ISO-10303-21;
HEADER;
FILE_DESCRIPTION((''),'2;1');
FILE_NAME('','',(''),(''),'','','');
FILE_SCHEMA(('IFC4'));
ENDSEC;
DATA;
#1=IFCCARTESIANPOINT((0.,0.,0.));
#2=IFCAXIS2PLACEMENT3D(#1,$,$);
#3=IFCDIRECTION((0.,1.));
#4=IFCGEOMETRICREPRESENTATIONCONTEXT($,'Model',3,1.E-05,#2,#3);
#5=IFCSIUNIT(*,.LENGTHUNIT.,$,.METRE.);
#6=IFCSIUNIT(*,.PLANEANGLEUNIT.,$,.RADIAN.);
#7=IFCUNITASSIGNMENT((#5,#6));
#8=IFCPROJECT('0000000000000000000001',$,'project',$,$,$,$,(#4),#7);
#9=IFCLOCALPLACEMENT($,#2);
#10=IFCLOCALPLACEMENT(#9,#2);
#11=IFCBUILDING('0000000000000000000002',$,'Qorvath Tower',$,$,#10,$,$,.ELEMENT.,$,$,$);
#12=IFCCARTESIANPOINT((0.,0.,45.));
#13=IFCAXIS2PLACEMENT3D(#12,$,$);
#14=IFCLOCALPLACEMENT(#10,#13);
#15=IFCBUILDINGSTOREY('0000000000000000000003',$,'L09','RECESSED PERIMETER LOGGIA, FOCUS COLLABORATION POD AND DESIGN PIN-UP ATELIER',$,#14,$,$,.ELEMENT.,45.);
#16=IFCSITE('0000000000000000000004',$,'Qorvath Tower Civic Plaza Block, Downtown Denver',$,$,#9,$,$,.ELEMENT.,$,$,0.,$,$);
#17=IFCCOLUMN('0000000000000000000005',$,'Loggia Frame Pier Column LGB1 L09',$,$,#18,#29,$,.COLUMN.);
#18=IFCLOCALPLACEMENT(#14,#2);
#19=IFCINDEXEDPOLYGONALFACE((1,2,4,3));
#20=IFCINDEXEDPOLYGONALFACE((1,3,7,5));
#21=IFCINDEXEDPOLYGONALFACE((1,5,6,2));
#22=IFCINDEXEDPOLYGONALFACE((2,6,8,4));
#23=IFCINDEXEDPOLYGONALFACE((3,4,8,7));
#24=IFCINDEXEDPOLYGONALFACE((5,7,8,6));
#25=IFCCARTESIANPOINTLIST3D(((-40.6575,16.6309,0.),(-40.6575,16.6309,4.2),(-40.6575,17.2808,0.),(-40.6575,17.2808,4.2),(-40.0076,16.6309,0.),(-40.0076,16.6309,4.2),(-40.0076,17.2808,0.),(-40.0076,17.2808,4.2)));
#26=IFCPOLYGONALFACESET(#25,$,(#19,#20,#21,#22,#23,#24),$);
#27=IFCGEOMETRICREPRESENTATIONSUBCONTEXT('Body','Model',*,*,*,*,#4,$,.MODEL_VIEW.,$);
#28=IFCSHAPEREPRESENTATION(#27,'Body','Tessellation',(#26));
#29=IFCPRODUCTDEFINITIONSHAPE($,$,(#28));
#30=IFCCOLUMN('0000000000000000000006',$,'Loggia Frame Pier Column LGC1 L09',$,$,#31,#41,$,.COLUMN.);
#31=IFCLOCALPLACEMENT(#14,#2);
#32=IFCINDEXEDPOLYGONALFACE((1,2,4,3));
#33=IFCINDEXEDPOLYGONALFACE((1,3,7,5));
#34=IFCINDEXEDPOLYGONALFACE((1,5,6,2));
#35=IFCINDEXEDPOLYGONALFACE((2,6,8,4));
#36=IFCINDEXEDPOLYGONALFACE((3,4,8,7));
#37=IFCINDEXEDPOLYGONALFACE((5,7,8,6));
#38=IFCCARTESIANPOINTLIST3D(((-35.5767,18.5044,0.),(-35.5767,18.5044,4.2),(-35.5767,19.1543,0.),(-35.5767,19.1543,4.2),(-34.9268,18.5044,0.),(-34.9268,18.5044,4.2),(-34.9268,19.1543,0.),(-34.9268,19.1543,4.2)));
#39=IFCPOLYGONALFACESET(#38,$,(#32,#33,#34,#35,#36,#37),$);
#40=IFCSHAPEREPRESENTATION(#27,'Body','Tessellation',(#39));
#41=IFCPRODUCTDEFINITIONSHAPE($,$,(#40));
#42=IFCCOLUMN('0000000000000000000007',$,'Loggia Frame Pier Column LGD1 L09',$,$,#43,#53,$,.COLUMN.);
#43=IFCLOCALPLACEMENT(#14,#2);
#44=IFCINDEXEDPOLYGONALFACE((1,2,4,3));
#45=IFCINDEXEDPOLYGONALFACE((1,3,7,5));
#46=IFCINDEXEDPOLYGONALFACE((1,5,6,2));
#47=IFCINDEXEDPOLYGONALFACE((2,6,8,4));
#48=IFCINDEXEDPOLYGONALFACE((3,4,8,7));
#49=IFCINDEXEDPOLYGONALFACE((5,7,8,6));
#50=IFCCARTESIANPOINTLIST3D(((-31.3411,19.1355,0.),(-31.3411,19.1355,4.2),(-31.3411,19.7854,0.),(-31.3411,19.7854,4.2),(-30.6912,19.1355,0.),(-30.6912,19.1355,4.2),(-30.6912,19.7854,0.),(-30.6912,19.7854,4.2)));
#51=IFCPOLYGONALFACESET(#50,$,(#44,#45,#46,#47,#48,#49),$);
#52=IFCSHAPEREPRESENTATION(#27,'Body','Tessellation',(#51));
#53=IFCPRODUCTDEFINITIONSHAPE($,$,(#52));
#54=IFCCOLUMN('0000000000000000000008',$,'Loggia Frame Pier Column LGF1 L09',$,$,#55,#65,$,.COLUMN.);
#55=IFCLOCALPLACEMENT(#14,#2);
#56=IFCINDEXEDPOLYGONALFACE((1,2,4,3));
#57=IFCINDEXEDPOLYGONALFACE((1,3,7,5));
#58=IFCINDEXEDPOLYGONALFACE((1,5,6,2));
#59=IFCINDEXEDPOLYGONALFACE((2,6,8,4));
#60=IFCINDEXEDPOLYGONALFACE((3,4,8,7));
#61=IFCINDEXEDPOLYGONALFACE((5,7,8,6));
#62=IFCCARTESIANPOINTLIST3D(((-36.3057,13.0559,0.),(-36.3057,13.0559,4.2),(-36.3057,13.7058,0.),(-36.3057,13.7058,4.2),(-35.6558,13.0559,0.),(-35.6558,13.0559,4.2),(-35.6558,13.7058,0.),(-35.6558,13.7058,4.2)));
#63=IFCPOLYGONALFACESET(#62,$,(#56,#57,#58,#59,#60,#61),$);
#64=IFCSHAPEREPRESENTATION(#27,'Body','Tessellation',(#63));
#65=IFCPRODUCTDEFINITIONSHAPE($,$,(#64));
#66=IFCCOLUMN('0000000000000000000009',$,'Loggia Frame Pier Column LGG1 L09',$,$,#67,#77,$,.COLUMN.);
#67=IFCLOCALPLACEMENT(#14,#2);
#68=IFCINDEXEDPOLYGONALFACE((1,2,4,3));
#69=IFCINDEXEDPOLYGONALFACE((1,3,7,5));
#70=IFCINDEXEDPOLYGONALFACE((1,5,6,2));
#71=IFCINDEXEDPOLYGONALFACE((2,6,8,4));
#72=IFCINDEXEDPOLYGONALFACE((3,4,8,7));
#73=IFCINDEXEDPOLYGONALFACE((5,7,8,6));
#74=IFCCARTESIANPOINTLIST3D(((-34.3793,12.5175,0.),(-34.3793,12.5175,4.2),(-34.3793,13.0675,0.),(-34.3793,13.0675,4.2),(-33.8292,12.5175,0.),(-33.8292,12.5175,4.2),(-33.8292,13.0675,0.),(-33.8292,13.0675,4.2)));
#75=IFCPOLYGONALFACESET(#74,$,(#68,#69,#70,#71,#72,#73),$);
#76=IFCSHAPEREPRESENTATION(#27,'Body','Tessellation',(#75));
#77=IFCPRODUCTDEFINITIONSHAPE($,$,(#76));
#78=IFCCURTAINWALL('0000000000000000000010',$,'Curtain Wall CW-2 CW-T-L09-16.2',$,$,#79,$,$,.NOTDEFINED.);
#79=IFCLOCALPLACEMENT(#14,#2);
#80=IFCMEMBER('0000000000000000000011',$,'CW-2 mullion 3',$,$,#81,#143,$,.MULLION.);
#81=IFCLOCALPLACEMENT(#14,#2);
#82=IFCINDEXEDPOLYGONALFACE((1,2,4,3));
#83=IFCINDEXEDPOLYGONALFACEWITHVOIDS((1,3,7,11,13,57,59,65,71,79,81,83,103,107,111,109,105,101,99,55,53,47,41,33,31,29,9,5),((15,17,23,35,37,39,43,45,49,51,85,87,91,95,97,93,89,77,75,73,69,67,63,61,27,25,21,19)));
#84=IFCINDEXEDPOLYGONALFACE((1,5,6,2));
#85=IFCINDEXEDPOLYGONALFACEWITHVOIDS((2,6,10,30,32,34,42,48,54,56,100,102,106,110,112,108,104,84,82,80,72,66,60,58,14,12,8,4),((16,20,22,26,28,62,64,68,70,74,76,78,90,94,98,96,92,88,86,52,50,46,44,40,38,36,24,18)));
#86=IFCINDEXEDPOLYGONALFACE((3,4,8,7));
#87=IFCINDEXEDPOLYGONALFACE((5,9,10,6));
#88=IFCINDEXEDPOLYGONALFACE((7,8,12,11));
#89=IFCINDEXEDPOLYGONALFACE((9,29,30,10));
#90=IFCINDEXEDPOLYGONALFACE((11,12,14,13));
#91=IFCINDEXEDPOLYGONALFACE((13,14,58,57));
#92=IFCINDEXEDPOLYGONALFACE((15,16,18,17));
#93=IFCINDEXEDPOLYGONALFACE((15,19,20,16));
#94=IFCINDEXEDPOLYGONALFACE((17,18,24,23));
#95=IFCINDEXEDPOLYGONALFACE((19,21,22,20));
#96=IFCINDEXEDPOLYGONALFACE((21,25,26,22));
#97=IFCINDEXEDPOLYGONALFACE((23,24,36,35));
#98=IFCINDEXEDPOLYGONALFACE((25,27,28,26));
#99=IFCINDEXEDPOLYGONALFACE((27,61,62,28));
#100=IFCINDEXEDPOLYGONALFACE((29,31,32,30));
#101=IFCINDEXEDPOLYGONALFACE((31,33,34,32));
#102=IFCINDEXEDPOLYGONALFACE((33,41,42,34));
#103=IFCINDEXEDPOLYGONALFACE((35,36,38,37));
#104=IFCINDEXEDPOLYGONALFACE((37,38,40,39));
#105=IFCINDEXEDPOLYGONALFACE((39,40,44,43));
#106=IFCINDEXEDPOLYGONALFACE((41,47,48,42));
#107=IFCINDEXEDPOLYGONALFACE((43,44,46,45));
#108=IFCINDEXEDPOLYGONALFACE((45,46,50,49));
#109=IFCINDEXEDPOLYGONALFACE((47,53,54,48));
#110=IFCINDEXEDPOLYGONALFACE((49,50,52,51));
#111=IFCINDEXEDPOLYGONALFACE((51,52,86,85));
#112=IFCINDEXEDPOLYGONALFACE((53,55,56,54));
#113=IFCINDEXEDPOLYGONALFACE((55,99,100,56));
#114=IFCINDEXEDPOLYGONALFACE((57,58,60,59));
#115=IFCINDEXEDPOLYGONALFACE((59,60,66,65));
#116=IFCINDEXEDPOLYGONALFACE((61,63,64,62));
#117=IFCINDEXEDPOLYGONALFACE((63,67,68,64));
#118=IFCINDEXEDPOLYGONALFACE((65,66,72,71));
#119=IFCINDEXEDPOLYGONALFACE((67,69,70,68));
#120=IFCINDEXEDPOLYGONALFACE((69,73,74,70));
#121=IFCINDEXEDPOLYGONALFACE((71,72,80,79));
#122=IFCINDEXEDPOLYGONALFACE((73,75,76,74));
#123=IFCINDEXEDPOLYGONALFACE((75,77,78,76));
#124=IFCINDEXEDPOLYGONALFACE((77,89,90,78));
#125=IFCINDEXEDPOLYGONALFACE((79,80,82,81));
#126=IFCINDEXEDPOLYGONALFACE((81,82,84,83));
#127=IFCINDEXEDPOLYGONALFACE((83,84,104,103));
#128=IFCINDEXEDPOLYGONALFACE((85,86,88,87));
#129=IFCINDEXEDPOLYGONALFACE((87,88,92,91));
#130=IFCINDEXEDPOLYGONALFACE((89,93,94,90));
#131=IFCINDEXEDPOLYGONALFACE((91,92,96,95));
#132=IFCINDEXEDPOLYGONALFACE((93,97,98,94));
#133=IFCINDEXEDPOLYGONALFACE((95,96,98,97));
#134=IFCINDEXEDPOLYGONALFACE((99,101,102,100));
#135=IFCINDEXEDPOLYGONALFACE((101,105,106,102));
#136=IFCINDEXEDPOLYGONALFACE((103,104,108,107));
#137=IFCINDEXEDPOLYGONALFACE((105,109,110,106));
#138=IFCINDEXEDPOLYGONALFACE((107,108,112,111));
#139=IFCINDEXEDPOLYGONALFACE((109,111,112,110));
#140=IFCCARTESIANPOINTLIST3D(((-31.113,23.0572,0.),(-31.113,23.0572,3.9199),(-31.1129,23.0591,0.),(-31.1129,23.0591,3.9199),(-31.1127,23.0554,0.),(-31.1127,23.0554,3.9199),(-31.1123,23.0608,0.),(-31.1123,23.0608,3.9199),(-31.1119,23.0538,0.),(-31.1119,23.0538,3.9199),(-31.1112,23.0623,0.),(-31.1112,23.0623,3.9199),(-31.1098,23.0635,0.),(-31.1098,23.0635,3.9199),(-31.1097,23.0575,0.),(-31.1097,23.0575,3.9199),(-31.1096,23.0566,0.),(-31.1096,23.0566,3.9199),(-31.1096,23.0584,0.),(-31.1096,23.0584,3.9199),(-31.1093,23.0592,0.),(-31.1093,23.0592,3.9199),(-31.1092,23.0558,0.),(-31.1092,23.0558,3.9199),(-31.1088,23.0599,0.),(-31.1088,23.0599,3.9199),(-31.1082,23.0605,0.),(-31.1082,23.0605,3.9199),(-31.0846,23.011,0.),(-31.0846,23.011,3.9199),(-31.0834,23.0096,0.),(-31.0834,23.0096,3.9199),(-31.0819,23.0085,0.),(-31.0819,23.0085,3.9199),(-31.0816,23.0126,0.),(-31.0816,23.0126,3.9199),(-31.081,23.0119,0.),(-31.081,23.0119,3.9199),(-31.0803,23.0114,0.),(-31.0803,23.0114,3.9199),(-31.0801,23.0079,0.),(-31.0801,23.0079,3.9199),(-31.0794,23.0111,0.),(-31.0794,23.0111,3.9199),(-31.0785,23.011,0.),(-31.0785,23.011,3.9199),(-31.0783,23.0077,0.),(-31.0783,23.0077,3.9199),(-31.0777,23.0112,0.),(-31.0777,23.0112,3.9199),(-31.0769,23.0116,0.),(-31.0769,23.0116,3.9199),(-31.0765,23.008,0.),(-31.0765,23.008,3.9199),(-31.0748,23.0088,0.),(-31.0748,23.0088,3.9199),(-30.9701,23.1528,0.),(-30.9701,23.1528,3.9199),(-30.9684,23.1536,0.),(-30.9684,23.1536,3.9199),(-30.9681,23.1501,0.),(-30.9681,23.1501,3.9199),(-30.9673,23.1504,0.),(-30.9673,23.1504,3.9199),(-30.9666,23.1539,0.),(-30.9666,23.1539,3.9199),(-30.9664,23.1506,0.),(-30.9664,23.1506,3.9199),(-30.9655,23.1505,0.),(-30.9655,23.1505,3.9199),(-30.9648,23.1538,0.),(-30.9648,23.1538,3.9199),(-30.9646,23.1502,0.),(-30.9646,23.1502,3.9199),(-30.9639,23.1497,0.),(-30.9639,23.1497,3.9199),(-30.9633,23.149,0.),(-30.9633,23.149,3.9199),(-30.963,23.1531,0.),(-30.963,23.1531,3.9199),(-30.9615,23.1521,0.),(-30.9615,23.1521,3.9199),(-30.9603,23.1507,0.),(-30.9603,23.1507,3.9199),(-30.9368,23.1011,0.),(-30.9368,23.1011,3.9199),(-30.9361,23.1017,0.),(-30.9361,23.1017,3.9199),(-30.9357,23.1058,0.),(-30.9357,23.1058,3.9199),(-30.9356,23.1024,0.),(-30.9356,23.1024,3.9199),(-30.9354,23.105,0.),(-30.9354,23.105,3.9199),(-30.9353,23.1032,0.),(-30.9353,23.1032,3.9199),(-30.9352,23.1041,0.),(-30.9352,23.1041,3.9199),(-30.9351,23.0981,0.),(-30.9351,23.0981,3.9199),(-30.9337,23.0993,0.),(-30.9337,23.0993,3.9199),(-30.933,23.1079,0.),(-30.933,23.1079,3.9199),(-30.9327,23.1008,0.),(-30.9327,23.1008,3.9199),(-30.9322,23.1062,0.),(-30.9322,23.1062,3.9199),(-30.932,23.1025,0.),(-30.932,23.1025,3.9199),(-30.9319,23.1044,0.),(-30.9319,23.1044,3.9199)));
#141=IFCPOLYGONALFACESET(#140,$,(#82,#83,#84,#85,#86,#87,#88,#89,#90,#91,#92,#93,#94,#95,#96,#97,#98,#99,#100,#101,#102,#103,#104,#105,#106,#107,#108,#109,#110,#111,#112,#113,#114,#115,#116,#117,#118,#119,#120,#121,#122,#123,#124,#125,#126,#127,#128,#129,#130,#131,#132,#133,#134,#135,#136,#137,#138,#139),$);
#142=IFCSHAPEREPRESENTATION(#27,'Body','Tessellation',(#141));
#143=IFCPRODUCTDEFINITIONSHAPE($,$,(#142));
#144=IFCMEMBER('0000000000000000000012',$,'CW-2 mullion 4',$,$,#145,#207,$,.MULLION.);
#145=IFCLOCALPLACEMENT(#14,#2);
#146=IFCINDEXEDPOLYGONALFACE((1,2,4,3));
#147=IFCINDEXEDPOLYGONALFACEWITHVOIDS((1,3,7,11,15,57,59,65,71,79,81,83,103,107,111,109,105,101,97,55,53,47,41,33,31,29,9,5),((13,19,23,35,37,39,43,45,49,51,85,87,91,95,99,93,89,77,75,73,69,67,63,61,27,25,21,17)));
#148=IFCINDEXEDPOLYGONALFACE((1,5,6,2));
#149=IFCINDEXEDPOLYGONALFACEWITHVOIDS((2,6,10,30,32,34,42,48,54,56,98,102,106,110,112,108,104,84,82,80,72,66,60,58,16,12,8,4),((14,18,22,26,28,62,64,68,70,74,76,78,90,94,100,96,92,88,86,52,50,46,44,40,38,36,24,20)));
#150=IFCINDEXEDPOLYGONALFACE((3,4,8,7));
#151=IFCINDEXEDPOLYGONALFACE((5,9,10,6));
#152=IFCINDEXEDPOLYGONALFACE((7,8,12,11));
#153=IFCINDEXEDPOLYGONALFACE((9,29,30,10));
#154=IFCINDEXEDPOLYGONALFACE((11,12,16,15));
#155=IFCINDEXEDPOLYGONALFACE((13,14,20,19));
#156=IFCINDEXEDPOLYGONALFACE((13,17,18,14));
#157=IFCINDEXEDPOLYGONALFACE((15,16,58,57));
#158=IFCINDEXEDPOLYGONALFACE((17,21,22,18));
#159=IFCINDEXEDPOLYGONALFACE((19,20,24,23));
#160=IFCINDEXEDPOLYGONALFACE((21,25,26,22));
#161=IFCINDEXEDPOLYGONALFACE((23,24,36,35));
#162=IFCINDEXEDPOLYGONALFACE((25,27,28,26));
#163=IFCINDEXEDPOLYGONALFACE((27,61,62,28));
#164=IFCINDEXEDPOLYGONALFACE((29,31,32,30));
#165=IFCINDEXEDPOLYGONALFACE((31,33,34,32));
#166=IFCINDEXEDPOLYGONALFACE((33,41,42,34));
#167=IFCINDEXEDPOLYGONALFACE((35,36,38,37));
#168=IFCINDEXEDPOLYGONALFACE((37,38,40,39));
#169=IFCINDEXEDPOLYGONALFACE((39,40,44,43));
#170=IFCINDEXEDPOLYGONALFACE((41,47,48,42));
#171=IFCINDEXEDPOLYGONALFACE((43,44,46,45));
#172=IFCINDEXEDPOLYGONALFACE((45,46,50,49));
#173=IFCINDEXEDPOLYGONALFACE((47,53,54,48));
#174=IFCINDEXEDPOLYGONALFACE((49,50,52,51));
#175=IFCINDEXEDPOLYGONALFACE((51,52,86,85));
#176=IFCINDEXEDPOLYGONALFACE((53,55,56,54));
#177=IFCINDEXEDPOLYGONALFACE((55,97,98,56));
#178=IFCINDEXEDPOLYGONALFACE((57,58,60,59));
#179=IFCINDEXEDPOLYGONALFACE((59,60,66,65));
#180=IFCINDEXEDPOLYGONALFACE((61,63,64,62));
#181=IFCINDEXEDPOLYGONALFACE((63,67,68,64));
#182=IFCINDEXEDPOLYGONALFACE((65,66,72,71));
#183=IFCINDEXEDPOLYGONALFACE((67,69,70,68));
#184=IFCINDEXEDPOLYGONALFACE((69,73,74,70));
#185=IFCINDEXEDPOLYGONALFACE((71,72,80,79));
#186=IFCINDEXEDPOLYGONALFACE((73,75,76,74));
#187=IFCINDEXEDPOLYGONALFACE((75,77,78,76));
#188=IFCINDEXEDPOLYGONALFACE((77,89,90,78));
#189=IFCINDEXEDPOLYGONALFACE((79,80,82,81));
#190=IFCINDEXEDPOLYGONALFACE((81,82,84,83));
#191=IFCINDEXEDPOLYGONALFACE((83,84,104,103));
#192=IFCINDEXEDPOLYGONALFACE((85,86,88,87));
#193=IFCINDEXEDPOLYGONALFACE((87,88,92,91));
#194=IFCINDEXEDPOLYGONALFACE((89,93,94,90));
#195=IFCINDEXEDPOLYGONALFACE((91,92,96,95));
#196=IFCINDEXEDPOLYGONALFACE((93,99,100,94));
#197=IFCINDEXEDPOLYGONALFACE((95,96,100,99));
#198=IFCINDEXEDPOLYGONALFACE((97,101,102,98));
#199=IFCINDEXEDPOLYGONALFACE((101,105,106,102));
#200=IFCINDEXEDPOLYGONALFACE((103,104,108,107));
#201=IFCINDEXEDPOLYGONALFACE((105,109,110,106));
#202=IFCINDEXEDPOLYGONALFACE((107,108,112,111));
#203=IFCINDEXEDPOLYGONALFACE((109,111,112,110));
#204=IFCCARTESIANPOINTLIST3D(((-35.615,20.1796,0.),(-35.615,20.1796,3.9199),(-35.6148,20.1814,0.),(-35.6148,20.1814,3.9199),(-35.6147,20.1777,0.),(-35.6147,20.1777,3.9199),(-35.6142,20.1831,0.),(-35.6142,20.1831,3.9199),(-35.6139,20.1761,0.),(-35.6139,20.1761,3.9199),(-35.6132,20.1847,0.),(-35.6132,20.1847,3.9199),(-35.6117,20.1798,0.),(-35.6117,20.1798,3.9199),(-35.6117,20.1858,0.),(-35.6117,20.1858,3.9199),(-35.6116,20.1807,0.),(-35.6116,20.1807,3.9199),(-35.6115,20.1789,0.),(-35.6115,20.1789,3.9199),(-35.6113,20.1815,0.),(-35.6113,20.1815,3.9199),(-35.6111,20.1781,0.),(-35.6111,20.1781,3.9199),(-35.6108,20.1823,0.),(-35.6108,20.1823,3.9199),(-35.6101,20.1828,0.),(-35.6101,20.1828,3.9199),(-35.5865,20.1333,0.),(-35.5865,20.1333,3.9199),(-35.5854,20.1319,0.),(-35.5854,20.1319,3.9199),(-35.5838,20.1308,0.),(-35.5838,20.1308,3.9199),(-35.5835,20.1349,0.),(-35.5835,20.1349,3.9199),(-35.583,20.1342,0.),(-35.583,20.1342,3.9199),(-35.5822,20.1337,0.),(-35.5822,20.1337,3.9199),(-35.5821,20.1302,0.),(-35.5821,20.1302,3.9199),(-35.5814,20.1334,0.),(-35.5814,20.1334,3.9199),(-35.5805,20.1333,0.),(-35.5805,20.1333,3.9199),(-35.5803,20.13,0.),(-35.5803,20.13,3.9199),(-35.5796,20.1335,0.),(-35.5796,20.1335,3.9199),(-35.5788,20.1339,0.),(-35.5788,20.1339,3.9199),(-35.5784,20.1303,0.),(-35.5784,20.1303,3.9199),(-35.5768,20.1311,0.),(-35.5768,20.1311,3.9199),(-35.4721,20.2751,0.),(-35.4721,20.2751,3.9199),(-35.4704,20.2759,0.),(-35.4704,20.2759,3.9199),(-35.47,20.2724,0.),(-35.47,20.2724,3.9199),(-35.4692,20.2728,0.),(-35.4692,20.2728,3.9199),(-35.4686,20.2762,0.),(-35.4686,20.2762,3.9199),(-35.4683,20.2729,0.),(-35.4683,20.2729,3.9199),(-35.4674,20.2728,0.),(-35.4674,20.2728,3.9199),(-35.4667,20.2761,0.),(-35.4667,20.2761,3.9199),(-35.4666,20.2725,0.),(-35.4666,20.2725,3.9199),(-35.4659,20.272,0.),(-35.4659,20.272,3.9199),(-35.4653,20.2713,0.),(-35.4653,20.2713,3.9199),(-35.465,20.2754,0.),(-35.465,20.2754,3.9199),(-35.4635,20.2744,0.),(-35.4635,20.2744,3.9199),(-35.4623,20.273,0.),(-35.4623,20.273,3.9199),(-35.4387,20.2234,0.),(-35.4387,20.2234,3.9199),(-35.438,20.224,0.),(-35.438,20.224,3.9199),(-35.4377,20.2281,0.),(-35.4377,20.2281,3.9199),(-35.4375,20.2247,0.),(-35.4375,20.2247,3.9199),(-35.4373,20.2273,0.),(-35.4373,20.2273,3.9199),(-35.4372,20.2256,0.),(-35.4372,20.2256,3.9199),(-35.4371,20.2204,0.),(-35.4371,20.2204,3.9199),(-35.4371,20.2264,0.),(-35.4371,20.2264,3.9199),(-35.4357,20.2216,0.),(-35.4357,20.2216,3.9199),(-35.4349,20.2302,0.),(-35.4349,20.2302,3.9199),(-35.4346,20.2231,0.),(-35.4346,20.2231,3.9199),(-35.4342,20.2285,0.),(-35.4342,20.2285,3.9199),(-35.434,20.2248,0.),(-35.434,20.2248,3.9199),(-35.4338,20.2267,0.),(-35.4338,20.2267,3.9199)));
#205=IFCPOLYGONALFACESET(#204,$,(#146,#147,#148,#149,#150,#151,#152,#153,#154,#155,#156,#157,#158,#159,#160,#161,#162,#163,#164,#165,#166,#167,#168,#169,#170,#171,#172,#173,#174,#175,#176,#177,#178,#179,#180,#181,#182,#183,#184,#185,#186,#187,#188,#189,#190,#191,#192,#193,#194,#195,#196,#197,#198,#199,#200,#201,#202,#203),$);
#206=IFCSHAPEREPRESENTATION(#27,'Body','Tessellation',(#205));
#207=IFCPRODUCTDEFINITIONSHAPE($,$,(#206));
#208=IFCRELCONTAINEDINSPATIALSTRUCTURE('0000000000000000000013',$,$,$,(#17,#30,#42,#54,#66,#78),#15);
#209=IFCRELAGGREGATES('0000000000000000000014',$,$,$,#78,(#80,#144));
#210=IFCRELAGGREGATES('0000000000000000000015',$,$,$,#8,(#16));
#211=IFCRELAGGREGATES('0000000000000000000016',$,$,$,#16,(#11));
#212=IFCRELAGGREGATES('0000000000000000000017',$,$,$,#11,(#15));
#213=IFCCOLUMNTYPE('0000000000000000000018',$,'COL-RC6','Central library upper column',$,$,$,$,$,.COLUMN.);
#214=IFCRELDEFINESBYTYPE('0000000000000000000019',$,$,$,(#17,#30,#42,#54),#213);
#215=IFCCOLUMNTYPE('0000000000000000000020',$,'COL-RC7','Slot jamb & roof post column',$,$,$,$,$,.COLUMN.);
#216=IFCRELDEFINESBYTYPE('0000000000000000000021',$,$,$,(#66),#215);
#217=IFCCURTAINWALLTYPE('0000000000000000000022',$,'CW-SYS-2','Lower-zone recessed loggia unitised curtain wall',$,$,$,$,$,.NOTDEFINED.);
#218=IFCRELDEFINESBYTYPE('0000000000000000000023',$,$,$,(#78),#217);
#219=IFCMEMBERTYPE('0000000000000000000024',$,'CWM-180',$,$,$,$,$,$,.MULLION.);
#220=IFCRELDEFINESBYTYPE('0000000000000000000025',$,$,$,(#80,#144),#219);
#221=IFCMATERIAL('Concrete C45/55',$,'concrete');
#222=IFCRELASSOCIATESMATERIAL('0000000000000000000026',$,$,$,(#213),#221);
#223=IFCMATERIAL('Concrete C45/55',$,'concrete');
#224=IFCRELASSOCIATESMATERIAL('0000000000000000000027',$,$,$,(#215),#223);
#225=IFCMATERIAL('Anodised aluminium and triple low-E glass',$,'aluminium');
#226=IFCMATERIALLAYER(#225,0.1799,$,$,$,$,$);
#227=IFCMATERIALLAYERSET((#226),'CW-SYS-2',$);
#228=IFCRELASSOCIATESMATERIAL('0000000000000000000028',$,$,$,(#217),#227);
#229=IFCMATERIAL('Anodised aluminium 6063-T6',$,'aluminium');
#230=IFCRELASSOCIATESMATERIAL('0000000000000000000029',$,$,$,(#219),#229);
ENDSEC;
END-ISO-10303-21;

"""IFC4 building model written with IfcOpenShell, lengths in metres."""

from ifc_helpers import new_model, si_unit, direction, frame, origin, origin_2d, place, context, subcontext, project, spatial, rectangle, hollow_rectangle, extrude, material, layer, layer_set, material_profile, profile_set, type_object, element, aggregate, save


model = new_model("IFC4")

# Units and contexts
model_context = context("Model", 3, precision=1e-05, world=origin(), true_north=direction((0.0, 1.0)))
body_context = subcontext(model_context, "Body", "Model", "MODEL_VIEW")
ifc_project = project(units=[si_unit("LENGTHUNIT", "METRE"), si_unit("PLANEANGLEUNIT", "RADIAN")], contexts=[model_context])

# Site, building, storey
site_placement = place(None, origin())
site = spatial("IfcSite", under=ifc_project, at=site_placement, Name="Qorvath Tower Civic Plaza Block, Downtown Denver", CompositionType="ELEMENT", RefElevation=0.0)
building_placement = place(site_placement, origin())
building = spatial("IfcBuilding", under=site, at=building_placement, Name="Qorvath Tower", CompositionType="ELEMENT")
storey_placement = place(building_placement, frame((0.0, 0.0, 45.0)))
storey = spatial("IfcBuildingStorey", under=building, at=storey_placement, Name="L09", Description="RECESSED PERIMETER LOGGIA, FOCUS COLLABORATION POD AND DESIGN PIN-UP ATELIER", CompositionType="ELEMENT", Elevation=45.0)

# Columns
ifc_material_1 = material(Name="Concrete C45/55", Category="concrete")
ifc_material_profile_1 = material_profile(ifc_material_1, rectangle(XDim=0.6499, YDim=0.6499, at=origin_2d()), Name="RC 650x650")
ifc_profile_set_1 = profile_set([ifc_material_profile_1], Name="Concrete C45/55")
column_type_1 = type_object("IfcColumnType", Name="COL-RC6", Description="Central library upper column", PredefinedType="COLUMN", material=ifc_profile_set_1)
for number, where, z_axis, x_axis, name in (
    (1, (-40.3325, 16.9558, 0.0), (0.0, 0.0, 1.0), (1.0, 0.0, 0.0), "Loggia Frame Pier Column LGB1 L09"),
    (2, (-35.2517, 18.8293, 0.0), (0.0, 0.0, 1.0), (1.0, 0.0, 0.0), "Loggia Frame Pier Column LGC1 L09"),
    (3, (-31.0161, 19.4604, 0.0), (0.0, 0.0, 1.0), (1.0, 0.0, 0.0), "Loggia Frame Pier Column LGD1 L09"),
    (4, (-35.9807, 13.3809, 0.0), (0.0, 0.0, 1.0), (1.0, 0.0, 0.0), "Loggia Frame Pier Column LGF1 L09"),
):
    element("IfcColumn", number, at=place(storey_placement, frame(where, z_axis=z_axis, x_axis=x_axis)), inside=storey, type_object=column_type_1, Name=name, PredefinedType="COLUMN", context=body_context, shape_type="SweptSolid", body=[
        extrude(rectangle(XDim=0.6499, YDim=0.6499, at=origin_2d()), origin(), (0.0, 0.0, 1.0), 4.2),
    ])
ifc_material_2 = material(Name="Concrete C45/55", Category="concrete")
ifc_material_profile_2 = material_profile(ifc_material_2, rectangle(XDim=0.55, YDim=0.55, at=origin_2d()), Name="RC 550x550")
ifc_profile_set_2 = profile_set([ifc_material_profile_2], Name="Concrete C45/55")
column_type_2 = type_object("IfcColumnType", Name="COL-RC7", Description="Slot jamb & roof post column", PredefinedType="COLUMN", material=ifc_profile_set_2)
column_placement = place(storey_placement, frame((-34.1042, 12.7925, 0.0), z_axis=(0.0, 0.0, 1.0), x_axis=(1.0, 0.0, 0.0)))
element("IfcColumn", 5, at=column_placement, inside=storey, type_object=column_type_2, Name="Loggia Frame Pier Column LGG1 L09", PredefinedType="COLUMN", context=body_context, shape_type="SweptSolid", body=[
    extrude(rectangle(XDim=0.55, YDim=0.55, at=origin_2d()), origin(), (0.0, 0.0, 1.0), 4.2),
])

# Curtain wall, members
ifc_material_3 = material(Name="Anodised aluminium and triple low-E glass", Category="aluminium")
ifc_layer_1 = layer(ifc_material_3, 0.1799)
ifc_layer_set_1 = layer_set([ifc_layer_1], Name="CW-SYS-2")
curtain_wall_type = type_object("IfcCurtainWallType", Name="CW-SYS-2", Description="Lower-zone recessed loggia unitised curtain wall", PredefinedType="NOTDEFINED", material=ifc_layer_set_1)
curtain_wall_placement = place(storey_placement, origin())
curtain_wall = element("IfcCurtainWall", 6, at=curtain_wall_placement, inside=storey, type_object=curtain_wall_type, Name="Curtain Wall CW-2 CW-T-L09-16.2", PredefinedType="NOTDEFINED")
ifc_material_4 = material(Name="Anodised aluminium 6063-T6", Category="aluminium")
ifc_material_profile_3 = material_profile(ifc_material_4, hollow_rectangle(XDim=0.0649, YDim=0.1799, WallThickness=0.0034, InnerFilletRadius=0.0034, OuterFilletRadius=0.0071, at=origin_2d()), Name="CWM 180x65")
ifc_profile_set_3 = profile_set([ifc_material_profile_3], Name="Anodised aluminium 6063-T6")
member_type_1 = type_object("IfcMemberType", Name="CWM-180", PredefinedType="MULLION", material=ifc_profile_set_3)
member_1_placement = place(storey_placement, frame((-31.0225, 23.0808, 0.0), z_axis=(0.0, 0.0, 1.0), x_axis=(0.538541, -0.842599, 0.0)))
member_1 = element("IfcMember", 7, at=member_1_placement, type_object=member_type_1, Name="CW-2 mullion 3", PredefinedType="MULLION", context=body_context, shape_type="SweptSolid", body=[
    extrude(hollow_rectangle(XDim=0.0649, YDim=0.1799, WallThickness=0.0034, InnerFilletRadius=0.0034, OuterFilletRadius=0.0071, at=origin_2d()), origin(), (0.0, 0.0, 1.0), 3.9199),
])
member_2_placement = place(storey_placement, frame((-35.5244, 20.2031, 0.0), z_axis=(0.0, 0.0, 1.0), x_axis=(0.538541, -0.842599, 0.0)))
member_2 = element("IfcMember", 8, at=member_2_placement, type_object=member_type_1, Name="CW-2 mullion 4", PredefinedType="MULLION", context=body_context, shape_type="SweptSolid", body=[
    extrude(hollow_rectangle(XDim=0.0649, YDim=0.1799, WallThickness=0.0034, InnerFilletRadius=0.0034, OuterFilletRadius=0.0071, at=origin_2d()), origin(), (0.0, 0.0, 1.0), 3.9199),
])
aggregate(curtain_wall, [member_1, member_2])

save(model, "model.ifc")
